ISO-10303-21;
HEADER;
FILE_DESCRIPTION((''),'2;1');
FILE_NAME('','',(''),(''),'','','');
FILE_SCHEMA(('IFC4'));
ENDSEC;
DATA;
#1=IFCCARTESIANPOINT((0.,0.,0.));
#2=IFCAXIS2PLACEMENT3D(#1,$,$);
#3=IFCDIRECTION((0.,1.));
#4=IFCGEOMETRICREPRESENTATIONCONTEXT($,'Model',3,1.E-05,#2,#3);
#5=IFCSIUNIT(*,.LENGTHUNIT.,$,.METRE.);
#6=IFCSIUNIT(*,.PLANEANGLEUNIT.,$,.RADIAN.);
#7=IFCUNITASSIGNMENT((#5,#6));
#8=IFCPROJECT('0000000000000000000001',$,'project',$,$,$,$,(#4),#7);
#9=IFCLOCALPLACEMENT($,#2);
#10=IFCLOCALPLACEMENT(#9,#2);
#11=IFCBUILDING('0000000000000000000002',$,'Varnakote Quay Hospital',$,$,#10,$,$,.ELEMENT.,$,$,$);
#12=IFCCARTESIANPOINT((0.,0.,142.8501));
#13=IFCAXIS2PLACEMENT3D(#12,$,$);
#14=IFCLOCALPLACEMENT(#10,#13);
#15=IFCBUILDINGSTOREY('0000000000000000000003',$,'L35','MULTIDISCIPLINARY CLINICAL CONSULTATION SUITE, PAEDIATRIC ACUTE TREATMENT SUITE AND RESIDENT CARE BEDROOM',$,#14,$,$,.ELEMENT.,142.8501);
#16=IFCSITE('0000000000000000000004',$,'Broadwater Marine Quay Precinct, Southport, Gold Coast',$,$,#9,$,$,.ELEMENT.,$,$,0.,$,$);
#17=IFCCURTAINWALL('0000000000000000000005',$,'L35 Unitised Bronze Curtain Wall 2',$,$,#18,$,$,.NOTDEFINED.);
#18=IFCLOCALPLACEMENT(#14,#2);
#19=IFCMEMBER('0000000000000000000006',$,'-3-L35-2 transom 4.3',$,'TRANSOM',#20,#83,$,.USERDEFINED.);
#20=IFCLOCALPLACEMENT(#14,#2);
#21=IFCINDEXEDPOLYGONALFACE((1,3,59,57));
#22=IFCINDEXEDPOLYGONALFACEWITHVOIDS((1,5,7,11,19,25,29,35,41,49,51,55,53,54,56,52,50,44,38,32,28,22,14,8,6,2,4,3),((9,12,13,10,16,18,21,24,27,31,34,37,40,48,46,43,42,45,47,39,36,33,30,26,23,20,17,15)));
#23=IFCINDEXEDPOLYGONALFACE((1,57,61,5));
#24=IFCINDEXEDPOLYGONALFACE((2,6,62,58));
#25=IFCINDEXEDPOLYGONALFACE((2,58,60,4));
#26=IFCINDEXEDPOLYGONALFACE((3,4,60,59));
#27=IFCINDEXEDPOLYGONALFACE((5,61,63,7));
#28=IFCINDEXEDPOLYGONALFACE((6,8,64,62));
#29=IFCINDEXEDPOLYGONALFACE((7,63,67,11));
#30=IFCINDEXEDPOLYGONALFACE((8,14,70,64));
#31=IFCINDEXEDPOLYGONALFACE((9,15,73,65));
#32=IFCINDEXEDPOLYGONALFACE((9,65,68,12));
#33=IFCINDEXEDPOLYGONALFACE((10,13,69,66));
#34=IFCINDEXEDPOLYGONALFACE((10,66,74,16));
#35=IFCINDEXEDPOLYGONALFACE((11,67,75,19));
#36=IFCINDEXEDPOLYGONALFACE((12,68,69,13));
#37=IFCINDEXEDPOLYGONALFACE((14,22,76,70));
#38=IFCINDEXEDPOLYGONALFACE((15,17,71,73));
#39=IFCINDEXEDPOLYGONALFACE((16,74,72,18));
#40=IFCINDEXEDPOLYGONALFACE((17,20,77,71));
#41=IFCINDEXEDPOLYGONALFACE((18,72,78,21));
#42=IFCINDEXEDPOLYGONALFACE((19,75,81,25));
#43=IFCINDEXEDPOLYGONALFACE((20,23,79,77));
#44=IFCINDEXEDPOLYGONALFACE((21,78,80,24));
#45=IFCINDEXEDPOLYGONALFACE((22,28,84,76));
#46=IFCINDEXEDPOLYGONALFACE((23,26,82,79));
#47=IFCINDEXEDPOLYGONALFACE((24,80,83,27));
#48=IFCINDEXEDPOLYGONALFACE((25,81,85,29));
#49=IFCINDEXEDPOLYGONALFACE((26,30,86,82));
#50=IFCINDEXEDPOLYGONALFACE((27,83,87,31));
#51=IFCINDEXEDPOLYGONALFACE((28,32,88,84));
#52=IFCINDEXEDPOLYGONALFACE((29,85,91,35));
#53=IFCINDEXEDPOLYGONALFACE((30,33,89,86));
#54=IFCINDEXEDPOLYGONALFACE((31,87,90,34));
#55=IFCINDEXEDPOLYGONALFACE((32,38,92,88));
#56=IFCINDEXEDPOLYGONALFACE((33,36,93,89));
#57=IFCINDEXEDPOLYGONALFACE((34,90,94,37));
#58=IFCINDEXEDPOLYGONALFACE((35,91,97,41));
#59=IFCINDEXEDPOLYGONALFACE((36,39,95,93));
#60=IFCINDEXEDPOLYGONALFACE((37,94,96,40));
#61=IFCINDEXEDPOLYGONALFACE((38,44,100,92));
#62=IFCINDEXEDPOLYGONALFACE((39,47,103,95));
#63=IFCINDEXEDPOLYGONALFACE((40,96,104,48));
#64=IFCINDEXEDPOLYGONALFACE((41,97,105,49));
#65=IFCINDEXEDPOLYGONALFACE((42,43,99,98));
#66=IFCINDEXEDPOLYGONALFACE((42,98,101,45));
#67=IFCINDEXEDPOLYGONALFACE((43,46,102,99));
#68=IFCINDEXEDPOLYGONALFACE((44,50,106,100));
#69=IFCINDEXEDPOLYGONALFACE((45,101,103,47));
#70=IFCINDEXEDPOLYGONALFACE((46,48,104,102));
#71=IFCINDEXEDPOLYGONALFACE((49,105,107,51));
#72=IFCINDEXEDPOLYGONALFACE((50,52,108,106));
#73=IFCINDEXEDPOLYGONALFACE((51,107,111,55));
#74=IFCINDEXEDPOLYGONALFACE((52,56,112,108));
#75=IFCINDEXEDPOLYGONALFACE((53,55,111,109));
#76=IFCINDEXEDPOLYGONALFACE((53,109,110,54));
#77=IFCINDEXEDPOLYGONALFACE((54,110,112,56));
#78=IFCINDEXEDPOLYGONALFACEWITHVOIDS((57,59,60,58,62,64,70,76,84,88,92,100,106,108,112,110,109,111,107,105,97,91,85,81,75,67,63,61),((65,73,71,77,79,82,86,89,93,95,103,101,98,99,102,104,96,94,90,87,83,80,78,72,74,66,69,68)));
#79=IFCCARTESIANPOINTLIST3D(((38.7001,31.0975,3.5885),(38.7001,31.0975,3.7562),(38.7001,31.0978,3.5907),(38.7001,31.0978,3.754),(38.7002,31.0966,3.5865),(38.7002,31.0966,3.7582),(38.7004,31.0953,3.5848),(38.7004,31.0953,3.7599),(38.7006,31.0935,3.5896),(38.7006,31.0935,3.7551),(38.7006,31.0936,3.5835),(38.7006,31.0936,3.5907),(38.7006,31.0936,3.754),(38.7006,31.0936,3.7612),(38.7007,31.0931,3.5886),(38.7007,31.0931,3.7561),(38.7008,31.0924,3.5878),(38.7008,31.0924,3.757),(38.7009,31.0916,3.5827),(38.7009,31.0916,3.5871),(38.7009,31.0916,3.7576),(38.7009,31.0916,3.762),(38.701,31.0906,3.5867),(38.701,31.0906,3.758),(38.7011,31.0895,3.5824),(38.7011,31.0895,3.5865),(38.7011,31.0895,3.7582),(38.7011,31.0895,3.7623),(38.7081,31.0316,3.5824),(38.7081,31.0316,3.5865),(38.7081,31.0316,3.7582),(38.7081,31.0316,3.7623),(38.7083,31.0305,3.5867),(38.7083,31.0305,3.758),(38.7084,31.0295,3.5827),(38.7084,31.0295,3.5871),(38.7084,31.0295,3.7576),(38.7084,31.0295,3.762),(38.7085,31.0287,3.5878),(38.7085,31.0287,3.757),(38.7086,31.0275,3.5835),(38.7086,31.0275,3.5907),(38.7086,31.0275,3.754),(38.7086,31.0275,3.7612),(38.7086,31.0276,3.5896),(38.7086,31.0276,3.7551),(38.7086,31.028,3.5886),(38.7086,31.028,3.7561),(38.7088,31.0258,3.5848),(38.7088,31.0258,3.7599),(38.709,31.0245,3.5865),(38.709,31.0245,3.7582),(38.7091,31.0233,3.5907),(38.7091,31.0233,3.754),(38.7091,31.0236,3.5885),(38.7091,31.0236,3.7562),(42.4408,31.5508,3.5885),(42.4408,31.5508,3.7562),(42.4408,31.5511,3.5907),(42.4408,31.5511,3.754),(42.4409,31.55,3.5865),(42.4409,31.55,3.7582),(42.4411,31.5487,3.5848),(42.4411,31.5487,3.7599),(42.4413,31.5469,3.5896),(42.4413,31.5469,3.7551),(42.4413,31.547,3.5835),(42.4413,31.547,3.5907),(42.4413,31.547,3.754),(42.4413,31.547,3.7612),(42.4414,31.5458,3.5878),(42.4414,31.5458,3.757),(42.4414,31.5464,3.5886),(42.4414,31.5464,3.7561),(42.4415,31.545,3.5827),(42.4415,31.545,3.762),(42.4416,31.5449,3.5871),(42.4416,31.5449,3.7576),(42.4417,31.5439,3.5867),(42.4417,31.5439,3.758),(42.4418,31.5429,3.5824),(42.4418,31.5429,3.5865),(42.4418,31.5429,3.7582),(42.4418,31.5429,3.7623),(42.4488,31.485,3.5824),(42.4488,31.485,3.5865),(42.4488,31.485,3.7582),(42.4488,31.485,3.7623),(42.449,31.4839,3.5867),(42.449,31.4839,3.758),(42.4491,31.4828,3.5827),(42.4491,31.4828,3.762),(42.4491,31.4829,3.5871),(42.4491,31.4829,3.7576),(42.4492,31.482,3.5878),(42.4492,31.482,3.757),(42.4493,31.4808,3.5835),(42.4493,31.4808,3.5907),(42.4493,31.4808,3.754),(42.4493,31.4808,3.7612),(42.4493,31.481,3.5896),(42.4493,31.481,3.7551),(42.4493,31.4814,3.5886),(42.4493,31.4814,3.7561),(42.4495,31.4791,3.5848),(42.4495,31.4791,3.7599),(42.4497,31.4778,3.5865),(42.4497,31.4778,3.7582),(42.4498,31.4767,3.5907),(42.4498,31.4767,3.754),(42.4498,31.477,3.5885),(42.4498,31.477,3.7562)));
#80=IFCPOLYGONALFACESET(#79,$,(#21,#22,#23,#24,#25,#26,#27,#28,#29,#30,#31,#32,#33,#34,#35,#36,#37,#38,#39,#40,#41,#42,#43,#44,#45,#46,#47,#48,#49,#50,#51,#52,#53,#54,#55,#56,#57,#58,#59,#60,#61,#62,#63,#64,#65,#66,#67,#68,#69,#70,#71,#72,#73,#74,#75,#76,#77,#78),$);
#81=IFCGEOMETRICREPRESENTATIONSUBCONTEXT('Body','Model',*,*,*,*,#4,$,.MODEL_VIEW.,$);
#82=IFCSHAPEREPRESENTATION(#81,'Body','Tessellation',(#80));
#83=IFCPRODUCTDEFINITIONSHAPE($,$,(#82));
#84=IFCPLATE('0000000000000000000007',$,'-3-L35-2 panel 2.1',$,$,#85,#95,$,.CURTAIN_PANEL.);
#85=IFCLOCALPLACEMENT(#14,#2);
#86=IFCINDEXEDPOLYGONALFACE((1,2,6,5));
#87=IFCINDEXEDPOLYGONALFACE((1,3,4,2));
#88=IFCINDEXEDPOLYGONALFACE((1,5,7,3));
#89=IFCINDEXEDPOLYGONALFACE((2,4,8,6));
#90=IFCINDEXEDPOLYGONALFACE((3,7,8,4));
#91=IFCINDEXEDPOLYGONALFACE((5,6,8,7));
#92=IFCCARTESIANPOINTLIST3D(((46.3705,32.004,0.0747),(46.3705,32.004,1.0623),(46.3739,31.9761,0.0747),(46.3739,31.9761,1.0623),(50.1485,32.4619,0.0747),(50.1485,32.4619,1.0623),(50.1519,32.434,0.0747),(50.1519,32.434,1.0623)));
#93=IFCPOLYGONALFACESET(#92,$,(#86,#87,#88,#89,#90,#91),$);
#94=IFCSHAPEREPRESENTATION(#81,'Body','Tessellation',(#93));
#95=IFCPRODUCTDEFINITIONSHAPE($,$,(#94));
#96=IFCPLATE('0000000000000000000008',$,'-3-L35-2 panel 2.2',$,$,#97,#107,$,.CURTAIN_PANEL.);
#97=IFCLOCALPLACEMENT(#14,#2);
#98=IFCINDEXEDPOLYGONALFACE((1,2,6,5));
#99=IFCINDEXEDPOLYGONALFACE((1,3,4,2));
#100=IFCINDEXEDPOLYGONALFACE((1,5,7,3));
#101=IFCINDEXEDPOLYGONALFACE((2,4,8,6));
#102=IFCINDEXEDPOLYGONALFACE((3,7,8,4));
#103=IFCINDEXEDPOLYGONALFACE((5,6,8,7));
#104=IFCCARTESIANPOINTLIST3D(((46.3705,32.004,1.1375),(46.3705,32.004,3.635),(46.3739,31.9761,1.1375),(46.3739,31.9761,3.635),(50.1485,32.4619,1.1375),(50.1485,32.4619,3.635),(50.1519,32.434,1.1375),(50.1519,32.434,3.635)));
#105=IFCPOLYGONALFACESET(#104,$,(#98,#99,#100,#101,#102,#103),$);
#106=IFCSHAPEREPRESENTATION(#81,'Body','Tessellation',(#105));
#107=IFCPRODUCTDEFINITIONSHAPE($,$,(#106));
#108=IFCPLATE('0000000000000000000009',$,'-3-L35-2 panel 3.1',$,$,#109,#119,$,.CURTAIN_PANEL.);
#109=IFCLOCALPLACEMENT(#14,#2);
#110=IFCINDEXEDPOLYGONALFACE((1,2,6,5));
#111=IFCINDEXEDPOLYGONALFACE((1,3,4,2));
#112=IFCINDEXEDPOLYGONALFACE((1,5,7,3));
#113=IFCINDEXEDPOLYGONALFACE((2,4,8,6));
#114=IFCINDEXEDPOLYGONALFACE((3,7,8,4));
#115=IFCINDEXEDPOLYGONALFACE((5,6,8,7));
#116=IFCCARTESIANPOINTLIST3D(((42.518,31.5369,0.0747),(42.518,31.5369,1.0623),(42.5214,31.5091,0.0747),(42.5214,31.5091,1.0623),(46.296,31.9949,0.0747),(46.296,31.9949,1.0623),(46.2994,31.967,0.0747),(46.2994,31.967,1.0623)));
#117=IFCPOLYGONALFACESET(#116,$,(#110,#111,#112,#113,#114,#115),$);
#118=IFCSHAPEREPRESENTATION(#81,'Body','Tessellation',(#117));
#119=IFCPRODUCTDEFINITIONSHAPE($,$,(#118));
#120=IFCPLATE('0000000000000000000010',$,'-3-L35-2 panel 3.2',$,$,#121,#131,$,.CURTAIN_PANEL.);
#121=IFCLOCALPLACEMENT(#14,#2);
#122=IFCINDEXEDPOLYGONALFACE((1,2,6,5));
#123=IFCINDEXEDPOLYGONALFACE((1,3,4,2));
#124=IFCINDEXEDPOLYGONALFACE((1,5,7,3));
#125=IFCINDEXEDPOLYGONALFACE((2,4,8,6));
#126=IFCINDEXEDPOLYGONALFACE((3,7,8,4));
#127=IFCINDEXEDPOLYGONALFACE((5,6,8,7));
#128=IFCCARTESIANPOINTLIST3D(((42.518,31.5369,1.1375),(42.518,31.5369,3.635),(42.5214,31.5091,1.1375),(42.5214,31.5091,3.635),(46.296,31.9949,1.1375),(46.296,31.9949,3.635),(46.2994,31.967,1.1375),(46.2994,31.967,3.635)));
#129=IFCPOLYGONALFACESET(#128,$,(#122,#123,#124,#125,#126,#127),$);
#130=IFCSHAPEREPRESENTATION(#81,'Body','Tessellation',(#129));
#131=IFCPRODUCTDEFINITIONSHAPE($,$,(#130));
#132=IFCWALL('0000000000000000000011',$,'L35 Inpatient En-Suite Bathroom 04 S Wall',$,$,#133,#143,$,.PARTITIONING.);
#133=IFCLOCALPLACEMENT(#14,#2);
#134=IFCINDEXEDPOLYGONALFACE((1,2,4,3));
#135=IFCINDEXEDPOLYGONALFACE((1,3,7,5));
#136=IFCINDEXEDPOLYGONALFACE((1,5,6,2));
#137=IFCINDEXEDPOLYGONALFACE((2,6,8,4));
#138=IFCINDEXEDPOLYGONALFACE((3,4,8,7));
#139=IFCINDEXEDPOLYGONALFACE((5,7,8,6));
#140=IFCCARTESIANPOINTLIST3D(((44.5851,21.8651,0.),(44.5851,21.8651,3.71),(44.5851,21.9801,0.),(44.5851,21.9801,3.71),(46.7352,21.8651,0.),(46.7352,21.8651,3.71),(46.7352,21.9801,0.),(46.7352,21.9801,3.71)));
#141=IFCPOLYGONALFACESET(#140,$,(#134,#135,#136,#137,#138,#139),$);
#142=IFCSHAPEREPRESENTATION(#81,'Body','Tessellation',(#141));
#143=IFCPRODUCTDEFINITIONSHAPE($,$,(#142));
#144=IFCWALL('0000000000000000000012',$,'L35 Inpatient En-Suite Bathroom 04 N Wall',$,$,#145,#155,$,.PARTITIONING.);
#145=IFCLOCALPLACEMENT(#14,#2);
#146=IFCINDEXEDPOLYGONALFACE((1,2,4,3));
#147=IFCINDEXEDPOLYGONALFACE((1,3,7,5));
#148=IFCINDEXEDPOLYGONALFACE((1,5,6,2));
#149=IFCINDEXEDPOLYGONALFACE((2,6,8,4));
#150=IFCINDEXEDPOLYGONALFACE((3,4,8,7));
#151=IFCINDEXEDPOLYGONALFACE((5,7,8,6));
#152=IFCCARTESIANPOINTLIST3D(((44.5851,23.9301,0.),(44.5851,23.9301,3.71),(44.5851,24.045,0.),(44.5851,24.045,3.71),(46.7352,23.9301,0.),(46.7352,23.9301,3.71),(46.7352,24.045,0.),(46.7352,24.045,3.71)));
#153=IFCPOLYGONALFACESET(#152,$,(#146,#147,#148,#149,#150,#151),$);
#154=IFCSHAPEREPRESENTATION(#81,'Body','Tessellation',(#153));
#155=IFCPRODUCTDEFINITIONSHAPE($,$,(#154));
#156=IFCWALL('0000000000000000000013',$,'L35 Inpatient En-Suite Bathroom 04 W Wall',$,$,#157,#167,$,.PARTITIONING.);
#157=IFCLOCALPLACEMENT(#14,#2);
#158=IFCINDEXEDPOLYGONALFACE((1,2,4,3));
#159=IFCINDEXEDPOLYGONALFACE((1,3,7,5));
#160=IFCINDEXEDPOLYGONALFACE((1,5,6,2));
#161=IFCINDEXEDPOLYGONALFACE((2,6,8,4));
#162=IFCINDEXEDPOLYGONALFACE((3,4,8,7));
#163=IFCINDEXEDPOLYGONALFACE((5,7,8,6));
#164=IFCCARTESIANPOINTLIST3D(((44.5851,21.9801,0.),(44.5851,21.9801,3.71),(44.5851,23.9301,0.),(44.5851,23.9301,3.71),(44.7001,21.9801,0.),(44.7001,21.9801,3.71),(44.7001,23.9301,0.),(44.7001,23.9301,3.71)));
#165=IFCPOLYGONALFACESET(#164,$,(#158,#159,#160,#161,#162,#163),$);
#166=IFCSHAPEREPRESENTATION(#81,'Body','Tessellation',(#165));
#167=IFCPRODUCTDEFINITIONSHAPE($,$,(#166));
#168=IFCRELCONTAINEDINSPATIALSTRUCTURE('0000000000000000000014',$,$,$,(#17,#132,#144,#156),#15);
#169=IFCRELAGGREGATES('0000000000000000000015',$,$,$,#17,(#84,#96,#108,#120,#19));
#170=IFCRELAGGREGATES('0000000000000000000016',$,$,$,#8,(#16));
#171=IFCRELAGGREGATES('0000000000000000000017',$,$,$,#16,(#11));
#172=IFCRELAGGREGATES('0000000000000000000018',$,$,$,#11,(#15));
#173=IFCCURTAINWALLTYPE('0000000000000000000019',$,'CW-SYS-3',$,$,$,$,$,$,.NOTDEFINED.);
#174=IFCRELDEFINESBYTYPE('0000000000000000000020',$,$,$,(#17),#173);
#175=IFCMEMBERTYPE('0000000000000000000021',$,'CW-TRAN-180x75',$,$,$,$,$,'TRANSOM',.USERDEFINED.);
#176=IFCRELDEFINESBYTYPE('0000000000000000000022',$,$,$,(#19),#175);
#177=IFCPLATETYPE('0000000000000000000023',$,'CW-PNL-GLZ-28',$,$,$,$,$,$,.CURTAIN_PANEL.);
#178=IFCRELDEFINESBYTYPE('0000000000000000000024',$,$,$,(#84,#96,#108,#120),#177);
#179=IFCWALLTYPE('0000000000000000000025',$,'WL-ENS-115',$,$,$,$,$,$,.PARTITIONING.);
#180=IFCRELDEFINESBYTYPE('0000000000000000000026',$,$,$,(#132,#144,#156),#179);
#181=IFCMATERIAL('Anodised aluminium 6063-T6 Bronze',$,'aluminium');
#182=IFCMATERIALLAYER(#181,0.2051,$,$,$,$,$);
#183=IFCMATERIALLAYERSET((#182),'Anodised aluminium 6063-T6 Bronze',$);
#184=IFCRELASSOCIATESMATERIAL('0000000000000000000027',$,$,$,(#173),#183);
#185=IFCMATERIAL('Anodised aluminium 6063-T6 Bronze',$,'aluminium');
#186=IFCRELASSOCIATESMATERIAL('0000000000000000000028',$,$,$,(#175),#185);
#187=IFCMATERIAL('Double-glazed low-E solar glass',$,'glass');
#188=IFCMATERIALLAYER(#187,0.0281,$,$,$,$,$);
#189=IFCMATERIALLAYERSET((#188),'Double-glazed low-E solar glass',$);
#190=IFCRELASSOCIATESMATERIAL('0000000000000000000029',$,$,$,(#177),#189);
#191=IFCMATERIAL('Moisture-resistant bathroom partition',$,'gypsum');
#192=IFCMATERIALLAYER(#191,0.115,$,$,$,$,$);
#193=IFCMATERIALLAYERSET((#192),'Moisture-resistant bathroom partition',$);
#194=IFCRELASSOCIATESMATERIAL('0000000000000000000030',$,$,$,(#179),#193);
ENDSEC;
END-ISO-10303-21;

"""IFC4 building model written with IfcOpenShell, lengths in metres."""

from ifc_helpers import new_model, si_unit, direction, frame, frame_2d, origin, origin_2d, place, context, subcontext, project, spatial, rectangle, hollow_rectangle, extrude, material, layer, layer_set, material_profile, profile_set, type_object, element, aggregate, save


model = new_model("IFC4")

# Units and contexts
model_context = context("Model", 3, precision=1e-05, world=origin(), true_north=direction((0.0, 1.0)))
body_context = subcontext(model_context, "Body", "Model", "MODEL_VIEW")
ifc_project = project(units=[si_unit("LENGTHUNIT", "METRE"), si_unit("PLANEANGLEUNIT", "RADIAN")], contexts=[model_context])

# Site, building, storey
site_placement = place(None, origin())
site = spatial("IfcSite", under=ifc_project, at=site_placement, Name="Broadwater Marine Quay Precinct, Southport, Gold Coast", CompositionType="ELEMENT", RefElevation=0.0)
building_placement = place(site_placement, origin())
building = spatial("IfcBuilding", under=site, at=building_placement, Name="Varnakote Quay Hospital", CompositionType="ELEMENT")
storey_placement = place(building_placement, frame((0.0, 0.0, 142.8501)))
storey = spatial("IfcBuildingStorey", under=building, at=storey_placement, Name="L35", Description="MULTIDISCIPLINARY CLINICAL CONSULTATION SUITE, PAEDIATRIC ACUTE TREATMENT SUITE AND RESIDENT CARE BEDROOM", CompositionType="ELEMENT", Elevation=142.8501)

# Curtain wall, member, plates
ifc_material_1 = material(Name="Anodised aluminium 6063-T6 Bronze", Category="aluminium")
ifc_layer_1 = layer(ifc_material_1, 0.2051)
ifc_layer_set_1 = layer_set([ifc_layer_1], Name="Anodised aluminium 6063-T6 Bronze")
curtain_wall_type = type_object("IfcCurtainWallType", Name="CW-SYS-3", PredefinedType="NOTDEFINED", material=ifc_layer_set_1)
curtain_wall_placement = place(storey_placement, origin())
curtain_wall = element("IfcCurtainWall", 1, at=curtain_wall_placement, inside=storey, type_object=curtain_wall_type, Name="L35 Unitised Bronze Curtain Wall 2", PredefinedType="NOTDEFINED")
ifc_material_2 = material(Name="Anodised aluminium 6063-T6 Bronze", Category="aluminium")
ifc_material_profile_1 = material_profile(ifc_material_2, hollow_rectangle(XDim=0.075, YDim=0.1799, WallThickness=0.0042, InnerFilletRadius=0.0042, OuterFilletRadius=0.0083, at=origin_2d()), Name="CW-TRAN-180x75")
ifc_profile_set_1 = profile_set([ifc_material_profile_1], Name="Anodised aluminium 6063-T6 Bronze")
member_type_1 = type_object("IfcMemberType", Name="CW-TRAN-180x75", ElementType="TRANSOM", PredefinedType="USERDEFINED", material=ifc_profile_set_1)
member_1_placement = place(storey_placement, frame((42.4453, 31.5139, 3.6724), z_axis=(-0.992735, -0.120318, 0.0), x_axis=(0.120318, -0.992735, 0.0)))
member_1 = element("IfcMember", 2, at=member_1_placement, type_object=member_type_1, Name="-3-L35-2 transom 4.3", ObjectType="TRANSOM", PredefinedType="USERDEFINED", context=body_context, shape_type="SweptSolid", body=[
    extrude(hollow_rectangle(XDim=0.075, YDim=0.1799, WallThickness=0.0042, InnerFilletRadius=0.0042, OuterFilletRadius=0.0083, at=origin_2d()), origin(), (0.0, 0.0, 1.0), 3.7681),
])
ifc_material_3 = material(Name="Double-glazed low-E solar glass", Category="glass")
ifc_layer_2 = layer(ifc_material_3, 0.0281)
ifc_layer_set_2 = layer_set([ifc_layer_2], Name="Double-glazed low-E solar glass")
plate_type = type_object("IfcPlateType", Name="CW-PNL-GLZ-28", PredefinedType="CURTAIN_PANEL", material=ifc_layer_set_2)
plate_1_placement = place(storey_placement, frame((48.2612, 32.219, 0.0747), z_axis=(0.0, 0.0, 1.0), x_axis=(-0.992734, -0.120327, 0.0)))
plate_1 = element("IfcPlate", 3, at=plate_1_placement, type_object=plate_type, Name="-3-L35-2 panel 2.1", PredefinedType="CURTAIN_PANEL", context=body_context, shape_type="SweptSolid", body=[
    extrude(rectangle(XDim=3.8057, YDim=0.0281, at=origin_2d()), origin(), (0.0, 0.0, 1.0), 0.9875),
])
plate_2_placement = place(storey_placement, frame((48.2612, 32.219, 1.1375), z_axis=(0.0, 0.0, 1.0), x_axis=(-0.992734, -0.120327, 0.0)))
plate_2 = element("IfcPlate", 4, at=plate_2_placement, type_object=plate_type, Name="-3-L35-2 panel 2.2", PredefinedType="CURTAIN_PANEL", context=body_context, shape_type="SweptSolid", body=[
    extrude(rectangle(XDim=3.8057, YDim=0.0281, at=origin_2d()), origin(), (0.0, 0.0, 1.0), 2.4976),
])
plate_3_placement = place(storey_placement, frame((44.4087, 31.752, 0.0747), z_axis=(0.0, 0.0, 1.0), x_axis=(-0.992734, -0.120327, 0.0)))
plate_3 = element("IfcPlate", 5, at=plate_3_placement, type_object=plate_type, Name="-3-L35-2 panel 3.1", PredefinedType="CURTAIN_PANEL", context=body_context, shape_type="SweptSolid", body=[
    extrude(rectangle(XDim=3.8057, YDim=0.0281, at=origin_2d()), origin(), (0.0, 0.0, 1.0), 0.9875),
])
plate_4_placement = place(storey_placement, frame((44.4087, 31.752, 1.1375), z_axis=(0.0, 0.0, 1.0), x_axis=(-0.992734, -0.120327, 0.0)))
plate_4 = element("IfcPlate", 6, at=plate_4_placement, type_object=plate_type, Name="-3-L35-2 panel 3.2", PredefinedType="CURTAIN_PANEL", context=body_context, shape_type="SweptSolid", body=[
    extrude(rectangle(XDim=3.8057, YDim=0.0281, at=origin_2d()), origin(), (0.0, 0.0, 1.0), 2.4976),
])
aggregate(curtain_wall, [plate_1, plate_2, plate_3, plate_4, member_1])

# Walls
ifc_material_4 = material(Name="Moisture-resistant bathroom partition", Category="gypsum")
ifc_layer_3 = layer(ifc_material_4, 0.115)
ifc_layer_set_3 = layer_set([ifc_layer_3], Name="Moisture-resistant bathroom partition")
wall_type_1 = type_object("IfcWallType", Name="WL-ENS-115", PredefinedType="PARTITIONING", material=ifc_layer_set_3)
for number, where, z_axis, x_axis, name in (
    (7, (44.585, 21.9226, 0.0), (0.0, 0.0, 1.0), (1.0, 0.0, 0.0), "L35 Inpatient En-Suite Bathroom 04 S Wall"),
    (8, (44.585, 23.9875, 0.0), (0.0, 0.0, 1.0), (1.0, 0.0, 0.0), "L35 Inpatient En-Suite Bathroom 04 N Wall"),
):
    element("IfcWall", number, at=place(storey_placement, frame(where, z_axis=z_axis, x_axis=x_axis)), inside=storey, type_object=wall_type_1, Name=name, PredefinedType="PARTITIONING", context=body_context, shape_type="SweptSolid", body=[
        extrude(rectangle(XDim=2.1501, YDim=0.115, at=frame_2d((1.0752, 0.0))), origin(), (0.0, 0.0, 1.0), 3.71),
    ])
wall_1_placement = place(storey_placement, frame((44.6426, 21.98, 0.0), z_axis=(0.0, 0.0, 1.0), x_axis=(0.0, 1.0, 0.0)))
element("IfcWall", 9, at=wall_1_placement, inside=storey, type_object=wall_type_1, Name="L35 Inpatient En-Suite Bathroom 04 W Wall", PredefinedType="PARTITIONING", context=body_context, shape_type="SweptSolid", body=[
    extrude(rectangle(XDim=1.95, YDim=0.115, at=frame_2d((0.9751, 0.0))), origin(), (0.0, 0.0, 1.0), 3.71),
])

save(model, "model.ifc")
